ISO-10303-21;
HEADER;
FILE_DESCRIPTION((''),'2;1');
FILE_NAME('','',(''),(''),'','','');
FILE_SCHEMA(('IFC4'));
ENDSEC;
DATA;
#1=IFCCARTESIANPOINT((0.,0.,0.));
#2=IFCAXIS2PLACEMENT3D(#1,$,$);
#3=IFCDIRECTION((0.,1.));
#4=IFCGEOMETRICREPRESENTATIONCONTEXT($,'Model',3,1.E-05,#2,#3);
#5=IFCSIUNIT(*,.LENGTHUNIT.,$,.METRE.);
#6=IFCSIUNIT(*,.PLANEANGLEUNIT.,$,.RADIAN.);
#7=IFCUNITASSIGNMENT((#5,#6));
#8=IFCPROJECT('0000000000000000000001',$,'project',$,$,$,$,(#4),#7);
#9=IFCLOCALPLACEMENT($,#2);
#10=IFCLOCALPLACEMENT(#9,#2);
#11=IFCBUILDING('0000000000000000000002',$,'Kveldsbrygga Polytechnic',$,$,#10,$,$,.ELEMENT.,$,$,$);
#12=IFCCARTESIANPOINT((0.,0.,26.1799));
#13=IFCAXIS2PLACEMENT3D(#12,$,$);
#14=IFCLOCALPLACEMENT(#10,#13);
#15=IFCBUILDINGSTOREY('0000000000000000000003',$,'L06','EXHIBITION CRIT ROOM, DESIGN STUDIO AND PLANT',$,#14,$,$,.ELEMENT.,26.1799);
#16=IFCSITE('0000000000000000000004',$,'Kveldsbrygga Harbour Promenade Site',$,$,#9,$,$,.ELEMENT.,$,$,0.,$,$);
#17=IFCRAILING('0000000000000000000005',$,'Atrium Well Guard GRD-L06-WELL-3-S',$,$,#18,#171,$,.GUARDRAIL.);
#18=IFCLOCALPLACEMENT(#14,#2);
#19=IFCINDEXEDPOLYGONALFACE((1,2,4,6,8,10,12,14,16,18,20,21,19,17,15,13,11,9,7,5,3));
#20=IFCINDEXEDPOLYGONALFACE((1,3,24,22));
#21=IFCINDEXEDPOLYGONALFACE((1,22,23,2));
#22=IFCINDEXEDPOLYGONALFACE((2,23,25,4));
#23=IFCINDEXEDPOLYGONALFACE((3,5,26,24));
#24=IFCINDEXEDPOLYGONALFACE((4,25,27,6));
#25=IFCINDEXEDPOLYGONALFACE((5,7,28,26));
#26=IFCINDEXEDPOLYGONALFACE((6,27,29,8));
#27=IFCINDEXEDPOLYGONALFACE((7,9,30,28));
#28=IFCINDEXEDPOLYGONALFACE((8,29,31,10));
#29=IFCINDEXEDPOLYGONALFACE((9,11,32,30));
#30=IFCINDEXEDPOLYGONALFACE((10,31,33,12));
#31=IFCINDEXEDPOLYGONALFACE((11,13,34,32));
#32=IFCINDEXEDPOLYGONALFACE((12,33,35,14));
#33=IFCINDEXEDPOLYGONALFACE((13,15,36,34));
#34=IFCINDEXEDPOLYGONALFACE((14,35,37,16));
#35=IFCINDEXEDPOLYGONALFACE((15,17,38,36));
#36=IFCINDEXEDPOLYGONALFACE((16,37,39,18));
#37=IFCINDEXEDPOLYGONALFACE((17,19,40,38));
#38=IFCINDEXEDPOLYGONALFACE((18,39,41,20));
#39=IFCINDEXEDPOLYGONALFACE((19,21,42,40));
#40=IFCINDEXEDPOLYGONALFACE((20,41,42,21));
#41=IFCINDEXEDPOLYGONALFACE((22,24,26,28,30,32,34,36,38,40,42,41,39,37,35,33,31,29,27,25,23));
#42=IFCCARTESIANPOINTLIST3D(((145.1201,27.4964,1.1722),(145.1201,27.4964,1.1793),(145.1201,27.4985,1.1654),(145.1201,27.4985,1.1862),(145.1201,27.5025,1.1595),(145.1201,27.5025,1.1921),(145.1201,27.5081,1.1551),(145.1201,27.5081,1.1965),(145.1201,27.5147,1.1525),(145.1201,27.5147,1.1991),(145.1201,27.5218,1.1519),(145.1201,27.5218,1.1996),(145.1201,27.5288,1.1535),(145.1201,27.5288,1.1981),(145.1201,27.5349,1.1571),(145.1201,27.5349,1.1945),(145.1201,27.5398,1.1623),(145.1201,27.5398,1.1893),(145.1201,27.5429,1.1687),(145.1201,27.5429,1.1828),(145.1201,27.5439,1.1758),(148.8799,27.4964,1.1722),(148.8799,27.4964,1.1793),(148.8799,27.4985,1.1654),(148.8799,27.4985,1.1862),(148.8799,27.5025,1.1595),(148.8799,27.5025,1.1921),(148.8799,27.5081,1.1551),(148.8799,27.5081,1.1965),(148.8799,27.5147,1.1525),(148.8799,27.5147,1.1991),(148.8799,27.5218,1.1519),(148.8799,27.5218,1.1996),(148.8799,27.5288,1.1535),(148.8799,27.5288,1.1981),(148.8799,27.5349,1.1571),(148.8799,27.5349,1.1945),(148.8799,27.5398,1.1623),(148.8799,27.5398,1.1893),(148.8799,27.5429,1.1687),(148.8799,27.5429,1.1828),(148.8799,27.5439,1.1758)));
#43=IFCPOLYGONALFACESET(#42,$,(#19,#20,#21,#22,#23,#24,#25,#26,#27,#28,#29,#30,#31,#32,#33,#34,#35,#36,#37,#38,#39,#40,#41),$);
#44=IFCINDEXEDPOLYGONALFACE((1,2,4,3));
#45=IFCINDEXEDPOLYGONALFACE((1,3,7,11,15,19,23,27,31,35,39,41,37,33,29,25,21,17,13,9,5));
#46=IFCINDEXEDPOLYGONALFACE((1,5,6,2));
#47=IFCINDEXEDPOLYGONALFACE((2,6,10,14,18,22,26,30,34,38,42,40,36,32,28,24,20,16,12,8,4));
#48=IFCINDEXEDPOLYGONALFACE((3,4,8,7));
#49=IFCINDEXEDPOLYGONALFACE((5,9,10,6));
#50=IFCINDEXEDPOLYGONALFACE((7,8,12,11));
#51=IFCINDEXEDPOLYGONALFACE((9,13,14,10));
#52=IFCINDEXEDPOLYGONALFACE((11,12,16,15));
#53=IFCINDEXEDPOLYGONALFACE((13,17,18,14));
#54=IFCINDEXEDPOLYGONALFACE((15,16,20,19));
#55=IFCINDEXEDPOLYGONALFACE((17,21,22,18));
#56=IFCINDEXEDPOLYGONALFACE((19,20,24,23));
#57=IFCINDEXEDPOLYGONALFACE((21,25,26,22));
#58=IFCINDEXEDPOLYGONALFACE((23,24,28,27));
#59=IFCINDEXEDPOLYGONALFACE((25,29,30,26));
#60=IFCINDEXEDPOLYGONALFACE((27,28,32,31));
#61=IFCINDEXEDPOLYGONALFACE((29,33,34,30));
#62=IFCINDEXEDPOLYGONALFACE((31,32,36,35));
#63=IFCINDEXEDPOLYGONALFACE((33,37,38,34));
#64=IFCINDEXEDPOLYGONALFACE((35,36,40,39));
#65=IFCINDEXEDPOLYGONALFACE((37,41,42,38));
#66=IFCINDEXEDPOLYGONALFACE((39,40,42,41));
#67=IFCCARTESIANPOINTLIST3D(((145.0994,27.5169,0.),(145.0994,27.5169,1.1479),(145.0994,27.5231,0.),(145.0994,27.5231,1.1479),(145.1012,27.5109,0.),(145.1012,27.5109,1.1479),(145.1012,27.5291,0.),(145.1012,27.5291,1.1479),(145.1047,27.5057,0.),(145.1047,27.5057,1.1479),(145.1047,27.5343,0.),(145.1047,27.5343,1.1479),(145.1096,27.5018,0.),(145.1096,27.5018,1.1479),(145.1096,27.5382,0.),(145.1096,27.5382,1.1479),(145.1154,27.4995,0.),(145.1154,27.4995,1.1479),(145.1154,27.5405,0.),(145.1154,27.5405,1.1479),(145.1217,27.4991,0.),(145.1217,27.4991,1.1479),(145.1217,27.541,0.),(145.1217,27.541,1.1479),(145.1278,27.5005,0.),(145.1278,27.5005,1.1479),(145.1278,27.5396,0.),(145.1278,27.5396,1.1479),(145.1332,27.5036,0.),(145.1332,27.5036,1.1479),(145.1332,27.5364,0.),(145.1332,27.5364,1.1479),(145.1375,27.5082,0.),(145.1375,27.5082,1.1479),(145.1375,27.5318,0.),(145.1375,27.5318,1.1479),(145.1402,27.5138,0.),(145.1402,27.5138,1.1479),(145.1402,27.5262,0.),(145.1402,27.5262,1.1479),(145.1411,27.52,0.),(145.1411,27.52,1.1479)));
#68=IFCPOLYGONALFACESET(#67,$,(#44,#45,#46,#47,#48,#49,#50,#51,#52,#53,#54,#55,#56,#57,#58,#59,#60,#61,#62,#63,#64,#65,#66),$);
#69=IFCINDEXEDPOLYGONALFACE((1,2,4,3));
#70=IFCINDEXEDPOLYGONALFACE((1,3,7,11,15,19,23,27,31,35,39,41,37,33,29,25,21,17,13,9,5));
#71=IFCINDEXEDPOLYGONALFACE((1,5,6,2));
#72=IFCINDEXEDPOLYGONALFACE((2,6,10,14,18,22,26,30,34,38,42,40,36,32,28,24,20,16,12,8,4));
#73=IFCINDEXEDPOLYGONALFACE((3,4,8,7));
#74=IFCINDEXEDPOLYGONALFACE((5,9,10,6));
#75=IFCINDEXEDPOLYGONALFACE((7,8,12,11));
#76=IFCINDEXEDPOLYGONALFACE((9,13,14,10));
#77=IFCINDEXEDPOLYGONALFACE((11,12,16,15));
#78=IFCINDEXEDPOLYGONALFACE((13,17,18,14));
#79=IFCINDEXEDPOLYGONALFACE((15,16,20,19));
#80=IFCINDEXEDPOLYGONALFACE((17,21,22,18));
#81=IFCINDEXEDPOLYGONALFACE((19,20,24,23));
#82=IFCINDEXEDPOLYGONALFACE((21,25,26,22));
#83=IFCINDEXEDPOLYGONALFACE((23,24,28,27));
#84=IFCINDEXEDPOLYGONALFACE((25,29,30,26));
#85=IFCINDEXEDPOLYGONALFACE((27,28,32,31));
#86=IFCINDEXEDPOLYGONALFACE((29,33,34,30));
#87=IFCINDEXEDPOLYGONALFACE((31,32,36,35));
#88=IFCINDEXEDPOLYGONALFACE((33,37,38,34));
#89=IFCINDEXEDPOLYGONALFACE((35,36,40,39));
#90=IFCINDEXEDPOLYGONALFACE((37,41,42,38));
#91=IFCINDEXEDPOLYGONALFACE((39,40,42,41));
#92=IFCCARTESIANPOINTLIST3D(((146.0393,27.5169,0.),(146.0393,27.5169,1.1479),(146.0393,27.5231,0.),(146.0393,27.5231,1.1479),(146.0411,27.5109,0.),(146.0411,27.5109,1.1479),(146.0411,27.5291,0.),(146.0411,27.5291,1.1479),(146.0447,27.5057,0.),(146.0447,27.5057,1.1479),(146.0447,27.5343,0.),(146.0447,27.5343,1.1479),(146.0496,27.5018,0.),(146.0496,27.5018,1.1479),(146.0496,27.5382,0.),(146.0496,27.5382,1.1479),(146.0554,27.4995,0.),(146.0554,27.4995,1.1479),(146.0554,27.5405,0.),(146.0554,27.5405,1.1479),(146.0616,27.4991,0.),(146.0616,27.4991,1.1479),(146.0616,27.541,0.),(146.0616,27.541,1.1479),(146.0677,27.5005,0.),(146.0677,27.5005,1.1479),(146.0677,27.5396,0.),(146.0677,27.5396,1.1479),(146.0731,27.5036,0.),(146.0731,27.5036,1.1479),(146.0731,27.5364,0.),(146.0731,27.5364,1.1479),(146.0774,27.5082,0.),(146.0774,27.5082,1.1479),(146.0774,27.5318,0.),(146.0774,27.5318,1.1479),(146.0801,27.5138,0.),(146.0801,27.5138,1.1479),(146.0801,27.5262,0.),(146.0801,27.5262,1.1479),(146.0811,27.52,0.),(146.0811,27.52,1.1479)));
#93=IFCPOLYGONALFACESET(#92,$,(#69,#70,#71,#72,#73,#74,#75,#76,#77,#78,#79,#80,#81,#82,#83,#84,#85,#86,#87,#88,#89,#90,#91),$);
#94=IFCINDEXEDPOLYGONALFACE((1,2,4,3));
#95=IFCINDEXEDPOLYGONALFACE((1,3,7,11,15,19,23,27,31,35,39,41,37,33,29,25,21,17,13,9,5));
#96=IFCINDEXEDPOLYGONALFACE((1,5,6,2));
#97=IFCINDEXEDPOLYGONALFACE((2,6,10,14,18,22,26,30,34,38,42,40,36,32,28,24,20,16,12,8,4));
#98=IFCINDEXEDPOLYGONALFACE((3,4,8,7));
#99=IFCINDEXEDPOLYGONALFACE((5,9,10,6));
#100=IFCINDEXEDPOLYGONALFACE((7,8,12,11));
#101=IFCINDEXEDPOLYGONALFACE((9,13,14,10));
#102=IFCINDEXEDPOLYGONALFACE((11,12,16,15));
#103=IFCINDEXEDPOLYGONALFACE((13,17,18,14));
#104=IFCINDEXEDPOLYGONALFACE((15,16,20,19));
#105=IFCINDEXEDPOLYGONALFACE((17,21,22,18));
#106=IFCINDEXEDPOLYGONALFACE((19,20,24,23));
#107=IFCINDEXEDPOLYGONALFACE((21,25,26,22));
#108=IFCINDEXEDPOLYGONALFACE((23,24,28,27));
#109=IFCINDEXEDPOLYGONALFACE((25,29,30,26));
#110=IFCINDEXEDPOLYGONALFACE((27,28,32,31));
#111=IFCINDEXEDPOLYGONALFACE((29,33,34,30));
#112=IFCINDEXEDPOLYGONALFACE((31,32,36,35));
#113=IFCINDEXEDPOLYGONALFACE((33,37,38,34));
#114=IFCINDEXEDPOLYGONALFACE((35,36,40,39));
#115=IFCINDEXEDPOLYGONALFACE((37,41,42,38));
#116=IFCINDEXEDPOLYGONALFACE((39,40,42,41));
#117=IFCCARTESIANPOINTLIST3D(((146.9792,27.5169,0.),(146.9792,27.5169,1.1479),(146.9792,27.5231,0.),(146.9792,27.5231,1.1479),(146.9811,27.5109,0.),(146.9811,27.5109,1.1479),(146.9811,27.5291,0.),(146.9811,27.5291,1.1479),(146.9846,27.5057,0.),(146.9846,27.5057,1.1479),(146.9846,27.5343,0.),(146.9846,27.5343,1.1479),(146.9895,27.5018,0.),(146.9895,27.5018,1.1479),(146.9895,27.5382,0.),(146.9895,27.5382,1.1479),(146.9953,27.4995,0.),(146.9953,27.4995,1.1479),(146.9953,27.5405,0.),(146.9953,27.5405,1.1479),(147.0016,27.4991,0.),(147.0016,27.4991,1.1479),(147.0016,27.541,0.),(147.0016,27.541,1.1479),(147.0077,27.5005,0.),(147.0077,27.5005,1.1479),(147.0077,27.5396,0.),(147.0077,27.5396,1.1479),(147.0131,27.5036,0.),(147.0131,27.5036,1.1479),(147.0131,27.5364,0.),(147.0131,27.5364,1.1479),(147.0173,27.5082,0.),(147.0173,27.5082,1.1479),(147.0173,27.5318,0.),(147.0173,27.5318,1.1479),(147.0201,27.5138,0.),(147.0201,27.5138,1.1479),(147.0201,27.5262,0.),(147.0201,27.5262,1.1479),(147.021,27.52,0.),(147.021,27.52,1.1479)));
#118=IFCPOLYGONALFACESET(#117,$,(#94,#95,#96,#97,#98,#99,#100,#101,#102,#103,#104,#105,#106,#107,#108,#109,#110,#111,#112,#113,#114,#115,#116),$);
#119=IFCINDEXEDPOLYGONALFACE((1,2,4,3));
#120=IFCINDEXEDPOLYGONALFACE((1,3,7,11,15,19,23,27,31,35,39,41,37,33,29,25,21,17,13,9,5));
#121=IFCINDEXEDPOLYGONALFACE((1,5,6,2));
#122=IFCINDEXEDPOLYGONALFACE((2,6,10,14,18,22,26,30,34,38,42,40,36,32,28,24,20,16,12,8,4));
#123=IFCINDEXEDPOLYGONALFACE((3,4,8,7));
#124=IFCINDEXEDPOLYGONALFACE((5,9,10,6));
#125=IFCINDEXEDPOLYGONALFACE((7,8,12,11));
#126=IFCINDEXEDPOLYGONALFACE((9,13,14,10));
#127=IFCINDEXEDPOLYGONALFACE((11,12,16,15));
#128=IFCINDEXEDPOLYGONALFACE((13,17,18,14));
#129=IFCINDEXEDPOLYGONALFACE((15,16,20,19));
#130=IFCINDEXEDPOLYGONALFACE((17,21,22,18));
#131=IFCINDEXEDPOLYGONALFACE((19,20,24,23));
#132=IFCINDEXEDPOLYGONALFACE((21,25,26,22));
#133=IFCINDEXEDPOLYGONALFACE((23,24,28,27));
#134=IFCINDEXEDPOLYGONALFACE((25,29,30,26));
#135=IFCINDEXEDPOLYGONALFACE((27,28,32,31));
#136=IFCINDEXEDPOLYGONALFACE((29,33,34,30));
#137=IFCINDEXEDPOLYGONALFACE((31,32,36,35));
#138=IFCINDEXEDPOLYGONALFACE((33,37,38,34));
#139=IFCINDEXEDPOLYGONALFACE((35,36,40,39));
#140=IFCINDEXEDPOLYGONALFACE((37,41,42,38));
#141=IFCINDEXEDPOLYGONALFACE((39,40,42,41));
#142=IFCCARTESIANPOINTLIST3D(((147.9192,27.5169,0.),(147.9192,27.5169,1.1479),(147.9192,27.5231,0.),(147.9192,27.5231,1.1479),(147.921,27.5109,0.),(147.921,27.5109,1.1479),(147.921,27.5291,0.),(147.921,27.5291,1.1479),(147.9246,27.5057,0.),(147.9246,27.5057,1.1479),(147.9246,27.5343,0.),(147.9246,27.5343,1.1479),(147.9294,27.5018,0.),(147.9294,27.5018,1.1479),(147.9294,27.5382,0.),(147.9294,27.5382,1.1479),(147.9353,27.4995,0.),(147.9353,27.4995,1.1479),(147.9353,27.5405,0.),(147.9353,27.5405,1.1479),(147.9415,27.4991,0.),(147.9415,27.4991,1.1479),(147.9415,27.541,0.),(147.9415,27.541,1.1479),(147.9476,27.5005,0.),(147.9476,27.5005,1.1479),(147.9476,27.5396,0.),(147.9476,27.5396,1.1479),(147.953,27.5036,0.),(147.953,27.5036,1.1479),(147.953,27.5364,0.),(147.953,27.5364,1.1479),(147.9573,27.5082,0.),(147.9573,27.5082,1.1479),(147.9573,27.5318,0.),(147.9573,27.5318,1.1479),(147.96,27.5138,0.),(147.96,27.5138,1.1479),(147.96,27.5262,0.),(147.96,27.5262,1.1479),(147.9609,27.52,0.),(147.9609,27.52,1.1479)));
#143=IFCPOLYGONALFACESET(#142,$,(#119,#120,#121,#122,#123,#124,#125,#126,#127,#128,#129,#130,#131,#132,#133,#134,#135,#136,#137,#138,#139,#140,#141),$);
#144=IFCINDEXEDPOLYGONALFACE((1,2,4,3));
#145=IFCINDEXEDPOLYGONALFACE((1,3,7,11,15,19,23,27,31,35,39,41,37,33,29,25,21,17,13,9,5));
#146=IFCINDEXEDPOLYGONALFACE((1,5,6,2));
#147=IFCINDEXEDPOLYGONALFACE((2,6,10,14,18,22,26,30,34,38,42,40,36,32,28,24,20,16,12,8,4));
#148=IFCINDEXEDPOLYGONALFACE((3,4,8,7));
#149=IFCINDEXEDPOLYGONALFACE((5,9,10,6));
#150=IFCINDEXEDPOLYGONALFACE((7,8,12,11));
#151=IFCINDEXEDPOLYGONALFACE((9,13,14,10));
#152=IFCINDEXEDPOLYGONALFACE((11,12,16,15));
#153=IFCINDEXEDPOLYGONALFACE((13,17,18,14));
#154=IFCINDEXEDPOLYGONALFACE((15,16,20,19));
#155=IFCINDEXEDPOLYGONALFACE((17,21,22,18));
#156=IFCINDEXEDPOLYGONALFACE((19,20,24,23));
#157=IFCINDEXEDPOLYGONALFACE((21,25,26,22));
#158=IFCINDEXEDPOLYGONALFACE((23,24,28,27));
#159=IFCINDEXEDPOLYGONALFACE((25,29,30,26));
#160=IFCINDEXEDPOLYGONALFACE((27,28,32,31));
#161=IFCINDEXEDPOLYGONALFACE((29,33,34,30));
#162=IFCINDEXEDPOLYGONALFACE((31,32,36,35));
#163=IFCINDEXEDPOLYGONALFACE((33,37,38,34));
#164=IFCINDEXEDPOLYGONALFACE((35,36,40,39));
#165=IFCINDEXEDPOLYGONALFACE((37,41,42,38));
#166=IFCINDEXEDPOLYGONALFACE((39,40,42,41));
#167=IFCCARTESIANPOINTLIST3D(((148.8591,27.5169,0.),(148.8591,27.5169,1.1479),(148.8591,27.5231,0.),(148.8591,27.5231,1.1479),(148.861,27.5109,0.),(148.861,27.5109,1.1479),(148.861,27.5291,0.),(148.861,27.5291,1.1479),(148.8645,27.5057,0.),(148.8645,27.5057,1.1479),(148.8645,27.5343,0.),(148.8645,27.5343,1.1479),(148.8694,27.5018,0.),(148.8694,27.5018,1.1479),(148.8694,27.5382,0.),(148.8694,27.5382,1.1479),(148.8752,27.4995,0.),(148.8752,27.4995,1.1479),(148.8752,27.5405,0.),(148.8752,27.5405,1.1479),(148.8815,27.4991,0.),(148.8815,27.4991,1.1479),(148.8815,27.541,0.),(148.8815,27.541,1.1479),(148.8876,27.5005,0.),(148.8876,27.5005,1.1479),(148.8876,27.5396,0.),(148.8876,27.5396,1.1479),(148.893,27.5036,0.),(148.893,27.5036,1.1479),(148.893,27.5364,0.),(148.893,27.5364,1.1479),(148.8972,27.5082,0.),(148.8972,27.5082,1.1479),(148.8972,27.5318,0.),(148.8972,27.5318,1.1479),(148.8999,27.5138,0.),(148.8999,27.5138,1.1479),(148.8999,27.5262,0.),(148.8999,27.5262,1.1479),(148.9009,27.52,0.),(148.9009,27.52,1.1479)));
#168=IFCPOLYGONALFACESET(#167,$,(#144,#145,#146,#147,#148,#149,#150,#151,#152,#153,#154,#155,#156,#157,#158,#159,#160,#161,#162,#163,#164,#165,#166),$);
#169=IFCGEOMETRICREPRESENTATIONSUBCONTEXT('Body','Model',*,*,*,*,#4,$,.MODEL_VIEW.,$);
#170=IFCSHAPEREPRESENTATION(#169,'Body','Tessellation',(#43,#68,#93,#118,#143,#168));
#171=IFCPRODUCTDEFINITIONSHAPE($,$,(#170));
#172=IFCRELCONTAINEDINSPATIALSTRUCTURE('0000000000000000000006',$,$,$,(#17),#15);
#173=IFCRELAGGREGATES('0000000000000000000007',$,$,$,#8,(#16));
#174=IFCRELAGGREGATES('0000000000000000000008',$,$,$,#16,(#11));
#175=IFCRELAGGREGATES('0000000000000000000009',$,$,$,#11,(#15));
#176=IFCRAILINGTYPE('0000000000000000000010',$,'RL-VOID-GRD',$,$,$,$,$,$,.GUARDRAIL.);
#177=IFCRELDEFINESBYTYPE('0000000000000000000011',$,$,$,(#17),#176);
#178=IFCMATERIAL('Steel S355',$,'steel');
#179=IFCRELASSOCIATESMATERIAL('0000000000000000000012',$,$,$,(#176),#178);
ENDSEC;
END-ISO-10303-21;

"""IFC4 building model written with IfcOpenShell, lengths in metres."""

from ifc_helpers import new_model, si_unit, direction, frame, origin, origin_2d, place, context, subcontext, project, spatial, circle, extrude, material, type_object, element, save


model = new_model("IFC4")

# Units and contexts
model_context = context("Model", 3, precision=1e-05, world=origin(), true_north=direction((0.0, 1.0)))
body_context = subcontext(model_context, "Body", "Model", "MODEL_VIEW")
ifc_project = project(units=[si_unit("LENGTHUNIT", "METRE"), si_unit("PLANEANGLEUNIT", "RADIAN")], contexts=[model_context])

# Site, building, storey
site_placement = place(None, origin())
site = spatial("IfcSite", under=ifc_project, at=site_placement, Name="Kveldsbrygga Harbour Promenade Site", CompositionType="ELEMENT", RefElevation=0.0)
building_placement = place(site_placement, origin())
building = spatial("IfcBuilding", under=site, at=building_placement, Name="Kveldsbrygga Polytechnic", CompositionType="ELEMENT")
storey_placement = place(building_placement, frame((0.0, 0.0, 26.1799)))
storey = spatial("IfcBuildingStorey", under=building, at=storey_placement, Name="L06", Description="EXHIBITION CRIT ROOM, DESIGN STUDIO AND PLANT", CompositionType="ELEMENT", Elevation=26.1799)

# Shared definitions
ifc_material_1 = material(Name="Steel S355", Category="steel")

# Railing
railing_type = type_object("IfcRailingType", Name="RL-VOID-GRD", PredefinedType="GUARDRAIL", material=ifc_material_1)
railing_1_placement = place(storey_placement, frame((145.1201, 27.52, 0.0)))
element("IfcRailing", 1, at=railing_1_placement, inside=storey, type_object=railing_type, Name="Atrium Well Guard GRD-L06-WELL-3-S", PredefinedType="GUARDRAIL", context=body_context, shape_type="SweptSolid", body=[
    extrude(circle(Radius=0.0239, at=origin_2d()), frame((0.0, 0.0, 1.1758), z_axis=(1.0, 0.0, 0.0), x_axis=(0.0, 1.0, 0.0)), (0.0, 0.0, 1.0), 3.7598),
    extrude(circle(Radius=0.021, at=origin_2d()), origin(), (0.0, 0.0, 1.0), 1.1479),
    extrude(circle(Radius=0.021, at=origin_2d()), frame((0.9399, 0.0, 0.0)), (0.0, 0.0, 1.0), 1.1479),
    extrude(circle(Radius=0.021, at=origin_2d()), frame((1.8799, 0.0, 0.0)), (0.0, 0.0, 1.0), 1.1479),
    extrude(circle(Radius=0.021, at=origin_2d()), frame((2.8198, 0.0, 0.0)), (0.0, 0.0, 1.0), 1.1479),
    extrude(circle(Radius=0.021, at=origin_2d()), frame((3.7598, 0.0, 0.0)), (0.0, 0.0, 1.0), 1.1479),
])

save(model, "model.ifc")
